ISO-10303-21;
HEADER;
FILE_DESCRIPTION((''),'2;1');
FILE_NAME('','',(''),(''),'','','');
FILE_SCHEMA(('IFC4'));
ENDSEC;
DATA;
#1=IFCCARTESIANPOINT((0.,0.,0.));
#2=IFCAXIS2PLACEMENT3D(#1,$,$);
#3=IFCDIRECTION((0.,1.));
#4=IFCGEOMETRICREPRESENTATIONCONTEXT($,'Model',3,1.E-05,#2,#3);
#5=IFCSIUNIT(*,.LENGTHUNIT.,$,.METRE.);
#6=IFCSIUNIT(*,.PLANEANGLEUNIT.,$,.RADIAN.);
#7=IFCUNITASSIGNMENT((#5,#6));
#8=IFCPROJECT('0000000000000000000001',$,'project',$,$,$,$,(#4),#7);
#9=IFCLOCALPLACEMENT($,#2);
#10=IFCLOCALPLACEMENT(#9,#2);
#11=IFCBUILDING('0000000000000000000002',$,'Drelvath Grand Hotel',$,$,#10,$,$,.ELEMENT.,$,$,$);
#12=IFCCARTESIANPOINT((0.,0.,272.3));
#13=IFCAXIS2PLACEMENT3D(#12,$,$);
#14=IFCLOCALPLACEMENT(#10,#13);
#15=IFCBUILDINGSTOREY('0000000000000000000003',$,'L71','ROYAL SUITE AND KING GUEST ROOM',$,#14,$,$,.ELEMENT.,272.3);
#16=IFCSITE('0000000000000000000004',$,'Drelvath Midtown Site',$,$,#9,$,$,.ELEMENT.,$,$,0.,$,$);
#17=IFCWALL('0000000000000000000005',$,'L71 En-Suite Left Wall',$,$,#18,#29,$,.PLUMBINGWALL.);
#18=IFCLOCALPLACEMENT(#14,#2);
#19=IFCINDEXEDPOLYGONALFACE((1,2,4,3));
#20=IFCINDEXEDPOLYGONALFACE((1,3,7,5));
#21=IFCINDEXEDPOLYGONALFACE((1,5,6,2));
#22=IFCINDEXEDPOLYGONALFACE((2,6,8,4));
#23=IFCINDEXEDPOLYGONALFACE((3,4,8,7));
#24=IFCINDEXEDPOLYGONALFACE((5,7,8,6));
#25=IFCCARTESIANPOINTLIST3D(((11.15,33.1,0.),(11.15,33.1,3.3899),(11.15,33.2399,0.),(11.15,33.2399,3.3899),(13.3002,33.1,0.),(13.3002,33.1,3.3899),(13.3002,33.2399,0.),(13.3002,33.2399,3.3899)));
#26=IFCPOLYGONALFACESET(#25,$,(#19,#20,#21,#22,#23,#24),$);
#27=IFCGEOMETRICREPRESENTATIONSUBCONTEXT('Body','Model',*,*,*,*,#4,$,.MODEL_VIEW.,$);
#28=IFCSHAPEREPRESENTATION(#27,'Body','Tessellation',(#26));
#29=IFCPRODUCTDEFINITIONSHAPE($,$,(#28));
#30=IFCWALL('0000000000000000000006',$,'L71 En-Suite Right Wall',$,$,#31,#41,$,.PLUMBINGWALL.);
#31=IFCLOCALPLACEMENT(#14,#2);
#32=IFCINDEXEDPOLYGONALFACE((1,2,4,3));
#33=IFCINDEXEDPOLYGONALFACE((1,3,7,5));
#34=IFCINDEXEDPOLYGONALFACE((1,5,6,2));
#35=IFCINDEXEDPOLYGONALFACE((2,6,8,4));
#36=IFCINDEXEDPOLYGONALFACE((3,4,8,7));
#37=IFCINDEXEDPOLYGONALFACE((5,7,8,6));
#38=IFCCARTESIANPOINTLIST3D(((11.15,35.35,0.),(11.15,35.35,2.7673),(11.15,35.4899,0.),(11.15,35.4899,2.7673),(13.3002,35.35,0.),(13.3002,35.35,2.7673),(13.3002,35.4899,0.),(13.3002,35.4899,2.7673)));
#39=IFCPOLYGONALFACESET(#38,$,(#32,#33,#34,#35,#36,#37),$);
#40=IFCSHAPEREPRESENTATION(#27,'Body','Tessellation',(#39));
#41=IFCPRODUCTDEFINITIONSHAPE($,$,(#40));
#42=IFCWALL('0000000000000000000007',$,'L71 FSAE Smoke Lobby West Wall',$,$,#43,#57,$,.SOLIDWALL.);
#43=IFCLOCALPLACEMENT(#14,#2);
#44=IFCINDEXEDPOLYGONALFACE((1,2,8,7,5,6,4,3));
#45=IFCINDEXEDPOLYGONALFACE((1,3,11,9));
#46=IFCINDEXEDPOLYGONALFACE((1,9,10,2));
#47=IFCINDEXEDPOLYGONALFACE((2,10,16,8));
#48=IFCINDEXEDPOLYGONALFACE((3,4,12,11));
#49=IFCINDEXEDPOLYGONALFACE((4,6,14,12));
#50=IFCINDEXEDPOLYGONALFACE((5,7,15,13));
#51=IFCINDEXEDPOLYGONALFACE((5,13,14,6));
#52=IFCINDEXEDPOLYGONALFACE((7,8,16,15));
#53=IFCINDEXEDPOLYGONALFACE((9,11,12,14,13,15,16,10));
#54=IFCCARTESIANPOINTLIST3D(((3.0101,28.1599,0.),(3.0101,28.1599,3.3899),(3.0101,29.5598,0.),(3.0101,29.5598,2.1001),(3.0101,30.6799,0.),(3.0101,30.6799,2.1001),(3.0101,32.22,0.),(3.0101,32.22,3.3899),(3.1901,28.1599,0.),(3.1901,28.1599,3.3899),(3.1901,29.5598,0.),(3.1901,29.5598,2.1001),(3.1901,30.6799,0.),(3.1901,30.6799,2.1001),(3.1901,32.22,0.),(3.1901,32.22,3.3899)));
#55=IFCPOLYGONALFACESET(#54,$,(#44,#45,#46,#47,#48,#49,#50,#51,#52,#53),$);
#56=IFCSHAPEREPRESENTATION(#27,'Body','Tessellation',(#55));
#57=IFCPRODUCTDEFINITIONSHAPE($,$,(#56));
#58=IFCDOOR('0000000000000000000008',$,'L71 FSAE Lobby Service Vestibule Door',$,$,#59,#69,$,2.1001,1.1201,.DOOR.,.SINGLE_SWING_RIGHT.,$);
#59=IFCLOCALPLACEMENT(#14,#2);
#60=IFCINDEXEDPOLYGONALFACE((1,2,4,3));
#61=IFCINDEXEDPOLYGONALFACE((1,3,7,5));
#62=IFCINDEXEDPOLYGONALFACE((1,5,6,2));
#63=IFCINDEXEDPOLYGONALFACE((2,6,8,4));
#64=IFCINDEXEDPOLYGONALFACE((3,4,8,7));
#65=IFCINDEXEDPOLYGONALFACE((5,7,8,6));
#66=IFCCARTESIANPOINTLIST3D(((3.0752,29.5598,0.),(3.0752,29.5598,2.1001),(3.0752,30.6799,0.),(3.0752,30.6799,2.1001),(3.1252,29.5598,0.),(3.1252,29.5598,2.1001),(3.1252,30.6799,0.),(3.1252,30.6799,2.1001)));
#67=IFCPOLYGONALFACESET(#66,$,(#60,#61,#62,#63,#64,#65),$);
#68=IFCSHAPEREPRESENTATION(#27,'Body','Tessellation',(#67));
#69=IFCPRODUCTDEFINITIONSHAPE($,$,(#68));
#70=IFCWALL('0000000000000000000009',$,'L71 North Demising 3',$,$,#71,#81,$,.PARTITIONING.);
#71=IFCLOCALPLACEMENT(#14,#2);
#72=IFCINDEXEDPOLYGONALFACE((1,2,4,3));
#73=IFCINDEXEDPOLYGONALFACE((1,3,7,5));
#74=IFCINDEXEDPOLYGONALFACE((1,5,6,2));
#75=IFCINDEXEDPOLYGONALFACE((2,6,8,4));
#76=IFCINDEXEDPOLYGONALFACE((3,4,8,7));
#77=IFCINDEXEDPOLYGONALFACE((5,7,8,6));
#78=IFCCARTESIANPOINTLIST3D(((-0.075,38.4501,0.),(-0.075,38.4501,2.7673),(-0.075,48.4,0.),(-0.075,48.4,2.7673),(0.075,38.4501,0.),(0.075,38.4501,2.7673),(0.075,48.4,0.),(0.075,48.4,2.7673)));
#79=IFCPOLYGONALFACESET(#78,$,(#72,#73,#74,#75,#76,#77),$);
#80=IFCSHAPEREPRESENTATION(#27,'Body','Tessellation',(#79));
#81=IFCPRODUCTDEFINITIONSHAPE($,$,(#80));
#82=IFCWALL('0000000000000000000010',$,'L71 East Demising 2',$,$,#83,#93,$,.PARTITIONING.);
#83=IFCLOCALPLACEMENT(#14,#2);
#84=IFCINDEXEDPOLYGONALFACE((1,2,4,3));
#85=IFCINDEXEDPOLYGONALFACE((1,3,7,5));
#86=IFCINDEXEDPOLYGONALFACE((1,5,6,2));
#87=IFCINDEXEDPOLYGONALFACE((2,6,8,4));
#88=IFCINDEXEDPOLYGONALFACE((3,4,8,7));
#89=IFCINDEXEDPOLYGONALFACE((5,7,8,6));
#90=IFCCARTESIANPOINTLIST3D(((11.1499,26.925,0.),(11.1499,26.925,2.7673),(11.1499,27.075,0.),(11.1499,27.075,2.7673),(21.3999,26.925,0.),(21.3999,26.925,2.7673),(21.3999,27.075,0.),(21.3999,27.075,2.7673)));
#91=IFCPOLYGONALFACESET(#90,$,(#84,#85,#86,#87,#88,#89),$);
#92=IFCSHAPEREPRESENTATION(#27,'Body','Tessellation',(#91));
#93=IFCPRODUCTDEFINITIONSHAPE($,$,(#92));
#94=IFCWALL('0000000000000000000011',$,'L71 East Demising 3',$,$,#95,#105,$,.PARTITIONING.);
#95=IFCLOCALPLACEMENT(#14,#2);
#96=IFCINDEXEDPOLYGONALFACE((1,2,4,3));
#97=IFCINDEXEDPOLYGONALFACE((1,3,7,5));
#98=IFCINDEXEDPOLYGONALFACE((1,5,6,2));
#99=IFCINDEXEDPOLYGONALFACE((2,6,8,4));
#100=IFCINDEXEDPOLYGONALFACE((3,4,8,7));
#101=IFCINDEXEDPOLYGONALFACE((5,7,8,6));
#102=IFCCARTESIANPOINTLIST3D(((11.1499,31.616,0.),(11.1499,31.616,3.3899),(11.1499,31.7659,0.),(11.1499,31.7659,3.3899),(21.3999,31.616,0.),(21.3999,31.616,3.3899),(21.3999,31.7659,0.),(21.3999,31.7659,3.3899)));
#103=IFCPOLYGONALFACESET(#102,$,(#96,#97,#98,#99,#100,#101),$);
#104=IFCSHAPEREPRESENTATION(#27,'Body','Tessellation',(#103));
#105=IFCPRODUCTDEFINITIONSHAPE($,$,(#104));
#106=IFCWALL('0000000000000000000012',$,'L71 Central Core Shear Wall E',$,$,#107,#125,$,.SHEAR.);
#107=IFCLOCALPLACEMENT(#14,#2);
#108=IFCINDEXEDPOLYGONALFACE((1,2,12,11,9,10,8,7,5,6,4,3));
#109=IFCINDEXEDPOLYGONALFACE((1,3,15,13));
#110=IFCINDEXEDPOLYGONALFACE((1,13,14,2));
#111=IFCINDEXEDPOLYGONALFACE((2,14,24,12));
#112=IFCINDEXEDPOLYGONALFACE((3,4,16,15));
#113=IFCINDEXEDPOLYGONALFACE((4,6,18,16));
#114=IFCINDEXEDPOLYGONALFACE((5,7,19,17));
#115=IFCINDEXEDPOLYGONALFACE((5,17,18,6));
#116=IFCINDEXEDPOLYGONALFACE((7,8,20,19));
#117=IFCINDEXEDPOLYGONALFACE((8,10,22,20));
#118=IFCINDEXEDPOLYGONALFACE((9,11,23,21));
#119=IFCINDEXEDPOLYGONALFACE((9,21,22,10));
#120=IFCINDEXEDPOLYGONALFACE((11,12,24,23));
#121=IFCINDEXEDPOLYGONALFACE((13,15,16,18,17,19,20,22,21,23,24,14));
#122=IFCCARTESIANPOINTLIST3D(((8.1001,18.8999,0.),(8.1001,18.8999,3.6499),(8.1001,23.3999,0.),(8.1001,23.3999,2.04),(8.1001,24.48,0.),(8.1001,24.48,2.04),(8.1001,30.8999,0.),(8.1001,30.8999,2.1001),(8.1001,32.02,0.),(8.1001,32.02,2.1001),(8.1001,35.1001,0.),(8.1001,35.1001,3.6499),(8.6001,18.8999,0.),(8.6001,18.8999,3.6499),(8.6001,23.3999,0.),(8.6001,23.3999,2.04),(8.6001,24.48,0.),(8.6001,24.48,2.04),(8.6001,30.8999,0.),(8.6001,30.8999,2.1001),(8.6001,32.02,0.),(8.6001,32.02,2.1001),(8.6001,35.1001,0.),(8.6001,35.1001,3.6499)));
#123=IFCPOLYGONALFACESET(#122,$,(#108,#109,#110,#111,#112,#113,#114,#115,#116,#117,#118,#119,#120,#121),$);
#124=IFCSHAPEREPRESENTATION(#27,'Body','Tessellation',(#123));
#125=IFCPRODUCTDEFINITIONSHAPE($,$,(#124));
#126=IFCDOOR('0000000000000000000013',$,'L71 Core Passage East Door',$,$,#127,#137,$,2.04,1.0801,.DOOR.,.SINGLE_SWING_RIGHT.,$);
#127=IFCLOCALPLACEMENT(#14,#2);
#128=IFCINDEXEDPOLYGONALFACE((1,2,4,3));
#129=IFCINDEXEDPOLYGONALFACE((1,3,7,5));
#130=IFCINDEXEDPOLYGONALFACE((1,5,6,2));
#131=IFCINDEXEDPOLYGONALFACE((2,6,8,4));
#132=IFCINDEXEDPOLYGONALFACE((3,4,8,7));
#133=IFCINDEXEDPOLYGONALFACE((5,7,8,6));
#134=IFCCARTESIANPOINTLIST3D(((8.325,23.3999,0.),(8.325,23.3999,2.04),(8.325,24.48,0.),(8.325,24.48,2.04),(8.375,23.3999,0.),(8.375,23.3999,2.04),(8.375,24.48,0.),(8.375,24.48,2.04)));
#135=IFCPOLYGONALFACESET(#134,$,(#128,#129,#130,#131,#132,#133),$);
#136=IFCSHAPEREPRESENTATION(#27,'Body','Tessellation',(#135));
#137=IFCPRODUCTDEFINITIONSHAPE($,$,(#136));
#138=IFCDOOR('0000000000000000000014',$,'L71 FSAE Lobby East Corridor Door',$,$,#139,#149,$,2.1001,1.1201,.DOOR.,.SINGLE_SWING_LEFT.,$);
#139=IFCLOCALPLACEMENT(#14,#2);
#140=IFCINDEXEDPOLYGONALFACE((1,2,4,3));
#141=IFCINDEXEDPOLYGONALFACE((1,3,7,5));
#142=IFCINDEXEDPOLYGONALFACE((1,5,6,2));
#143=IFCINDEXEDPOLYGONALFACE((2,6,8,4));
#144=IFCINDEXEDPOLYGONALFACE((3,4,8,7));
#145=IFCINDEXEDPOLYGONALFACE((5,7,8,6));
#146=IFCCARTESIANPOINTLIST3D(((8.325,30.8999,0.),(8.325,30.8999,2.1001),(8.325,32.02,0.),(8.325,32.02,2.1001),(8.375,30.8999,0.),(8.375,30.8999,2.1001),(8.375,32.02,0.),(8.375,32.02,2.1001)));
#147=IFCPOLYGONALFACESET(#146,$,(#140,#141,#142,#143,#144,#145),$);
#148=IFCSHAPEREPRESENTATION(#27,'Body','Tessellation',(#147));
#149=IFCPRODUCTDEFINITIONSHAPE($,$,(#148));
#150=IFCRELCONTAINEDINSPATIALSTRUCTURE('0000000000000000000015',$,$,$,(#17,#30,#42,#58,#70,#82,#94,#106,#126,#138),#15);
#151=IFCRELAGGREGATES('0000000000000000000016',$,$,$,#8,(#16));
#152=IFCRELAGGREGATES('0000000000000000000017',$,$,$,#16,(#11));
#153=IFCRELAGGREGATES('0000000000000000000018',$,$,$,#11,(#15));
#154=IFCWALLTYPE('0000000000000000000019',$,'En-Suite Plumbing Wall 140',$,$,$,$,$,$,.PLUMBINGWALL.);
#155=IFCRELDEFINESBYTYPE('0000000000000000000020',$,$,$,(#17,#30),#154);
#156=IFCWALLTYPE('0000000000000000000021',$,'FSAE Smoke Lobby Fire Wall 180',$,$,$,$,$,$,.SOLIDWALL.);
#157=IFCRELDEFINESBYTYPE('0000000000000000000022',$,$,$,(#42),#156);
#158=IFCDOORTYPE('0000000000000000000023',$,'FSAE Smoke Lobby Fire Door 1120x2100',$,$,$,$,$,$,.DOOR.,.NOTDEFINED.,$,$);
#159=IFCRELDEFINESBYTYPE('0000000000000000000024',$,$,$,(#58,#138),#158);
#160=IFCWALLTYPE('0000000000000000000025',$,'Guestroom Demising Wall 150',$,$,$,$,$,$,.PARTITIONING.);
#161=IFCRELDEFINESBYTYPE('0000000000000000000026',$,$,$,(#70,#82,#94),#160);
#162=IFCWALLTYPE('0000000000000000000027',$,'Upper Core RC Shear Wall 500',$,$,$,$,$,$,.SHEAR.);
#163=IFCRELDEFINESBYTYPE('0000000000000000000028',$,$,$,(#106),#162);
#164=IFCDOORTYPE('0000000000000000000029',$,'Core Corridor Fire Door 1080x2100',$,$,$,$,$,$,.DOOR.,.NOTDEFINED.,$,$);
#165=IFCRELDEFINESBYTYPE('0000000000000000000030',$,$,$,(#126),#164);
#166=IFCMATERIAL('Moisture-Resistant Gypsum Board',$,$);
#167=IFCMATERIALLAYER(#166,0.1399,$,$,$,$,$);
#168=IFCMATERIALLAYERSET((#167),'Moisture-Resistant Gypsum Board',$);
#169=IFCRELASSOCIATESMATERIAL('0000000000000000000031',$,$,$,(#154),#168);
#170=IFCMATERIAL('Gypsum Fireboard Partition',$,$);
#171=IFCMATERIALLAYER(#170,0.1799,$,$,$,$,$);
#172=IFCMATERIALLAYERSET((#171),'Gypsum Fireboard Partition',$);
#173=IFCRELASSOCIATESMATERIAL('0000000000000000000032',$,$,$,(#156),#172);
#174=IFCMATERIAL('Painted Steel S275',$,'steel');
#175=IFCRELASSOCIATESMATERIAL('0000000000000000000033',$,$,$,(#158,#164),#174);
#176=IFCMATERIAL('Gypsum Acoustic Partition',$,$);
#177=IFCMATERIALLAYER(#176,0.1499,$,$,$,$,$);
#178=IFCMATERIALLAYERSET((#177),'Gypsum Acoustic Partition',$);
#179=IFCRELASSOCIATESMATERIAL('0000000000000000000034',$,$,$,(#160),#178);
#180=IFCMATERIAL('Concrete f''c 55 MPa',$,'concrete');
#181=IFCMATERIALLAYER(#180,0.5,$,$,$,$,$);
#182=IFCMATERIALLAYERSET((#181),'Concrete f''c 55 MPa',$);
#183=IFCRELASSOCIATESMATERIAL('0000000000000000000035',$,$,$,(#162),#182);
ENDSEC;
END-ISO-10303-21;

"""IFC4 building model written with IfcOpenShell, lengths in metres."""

from ifc_helpers import new_model, si_unit, direction, frame, frame_2d, origin, place, context, subcontext, project, spatial, rectangle, extrude, material, layer, layer_set, type_object, element, fill, save


model = new_model("IFC4")

# Units and contexts
model_context = context("Model", 3, precision=1e-05, world=origin(), true_north=direction((0.0, 1.0)))
body_context = subcontext(model_context, "Body", "Model", "MODEL_VIEW")
ifc_project = project(units=[si_unit("LENGTHUNIT", "METRE"), si_unit("PLANEANGLEUNIT", "RADIAN")], contexts=[model_context])

# Site, building, storey
site_placement = place(None, origin())
site = spatial("IfcSite", under=ifc_project, at=site_placement, Name="Drelvath Midtown Site", CompositionType="ELEMENT", RefElevation=0.0)
building_placement = place(site_placement, origin())
building = spatial("IfcBuilding", under=site, at=building_placement, Name="Drelvath Grand Hotel", CompositionType="ELEMENT")
storey_placement = place(building_placement, frame((0.0, 0.0, 272.3)))
storey = spatial("IfcBuildingStorey", under=building, at=storey_placement, Name="L71", Description="ROYAL SUITE AND KING GUEST ROOM", CompositionType="ELEMENT", Elevation=272.3)

# Shared definitions
ifc_material_1 = material(Name="Concrete f'c 55 MPa", Category="concrete")

# Shared definitions
ifc_material_2 = material(Name="Painted Steel S275", Category="steel")

# Walls
ifc_material_3 = material(Name="Gypsum Fireboard Partition")
ifc_material_4 = material(Name="Moisture-Resistant Gypsum Board")
ifc_layer_1 = layer(ifc_material_4, 0.1399)
ifc_layer_set_1 = layer_set([ifc_layer_1], Name="Moisture-Resistant Gypsum Board")
wall_type_1 = type_object("IfcWallType", Name="En-Suite Plumbing Wall 140", PredefinedType="PLUMBINGWALL", material=ifc_layer_set_1)
for number, where, z_axis, x_axis, name in (
    (1, (11.1499, 33.1699, 0.0), (0.0, 0.0, 1.0), (1.0, 0.0, 0.0), "L71 En-Suite Left Wall"),
):
    element("IfcWall", number, at=place(storey_placement, frame(where, z_axis=z_axis, x_axis=x_axis)), inside=storey, type_object=wall_type_1, Name=name, PredefinedType="PLUMBINGWALL", context=body_context, shape_type="SweptSolid", body=[
        extrude(rectangle(XDim=2.1501, YDim=0.1399, at=frame_2d((1.0752, 0.0))), origin(), (0.0, 0.0, 1.0), 3.3899),
    ])
wall_1_placement = place(storey_placement, frame((11.1499, 35.4199, 0.0), z_axis=(0.0, 0.0, 1.0), x_axis=(1.0, 0.0, 0.0)))
element("IfcWall", 2, at=wall_1_placement, inside=storey, type_object=wall_type_1, Name="L71 En-Suite Right Wall", PredefinedType="PLUMBINGWALL", context=body_context, shape_type="SweptSolid", body=[
    extrude(rectangle(XDim=2.1501, YDim=0.1399, at=frame_2d((1.0752, 0.0))), origin(), (0.0, 0.0, 1.0), 2.7673),
])

# Wall, opening, door
ifc_layer_2 = layer(ifc_material_3, 0.1799)
ifc_layer_set_2 = layer_set([ifc_layer_2], Name="Gypsum Fireboard Partition")
wall_type_2 = type_object("IfcWallType", Name="FSAE Smoke Lobby Fire Wall 180", PredefinedType="SOLIDWALL", material=ifc_layer_set_2)
wall_2_placement = place(storey_placement, frame((3.1001, 28.1599, 0.0), z_axis=(0.0, 0.0, 1.0), x_axis=(0.0, 1.0, 0.0)))
wall_2 = element("IfcWall", 3, at=wall_2_placement, inside=storey, type_object=wall_type_2, Name="L71 FSAE Smoke Lobby West Wall", PredefinedType="SOLIDWALL", context=body_context, shape_type="SweptSolid", body=[
    extrude(rectangle(XDim=4.0601, YDim=0.1799, at=frame_2d((2.03, 0.0))), origin(), (0.0, 0.0, 1.0), 3.3899),
])
opening_1_placement = place(wall_2_placement, frame((1.3999, 0.0, 0.0)))
opening_1 = element("IfcOpeningElement", 4, at=opening_1_placement, cuts=wall_2, PredefinedType="OPENING", context=body_context, shape_type="SweptSolid", body=[
    extrude(rectangle(XDim=1.1201, YDim=2.1001, at=frame_2d((0.5601, 1.05))), frame((0.0, 0.0999, 0.0), z_axis=(0.0, -1.0, 0.0), x_axis=(1.0, 0.0, 0.0)), (0.0, 0.0, 1.0), 0.2),
])
door_type_1 = type_object("IfcDoorType", Name="FSAE Smoke Lobby Fire Door 1120x2100", OperationType="NOTDEFINED", PredefinedType="DOOR", material=ifc_material_2)
door_1_placement = place(opening_1_placement, origin())
door_1 = element("IfcDoor", 5, at=door_1_placement, inside=storey, type_object=door_type_1, Name="L71 FSAE Lobby Service Vestibule Door", OperationType="SINGLE_SWING_RIGHT", OverallHeight=2.1001, OverallWidth=1.1201, PredefinedType="DOOR", context=body_context, shape_type="SweptSolid", body=[
    extrude(rectangle(XDim=1.1201, YDim=2.1001, at=frame_2d((0.5601, 1.05))), frame((0.0, 0.0249, 0.0), z_axis=(0.0, -1.0, 0.0), x_axis=(1.0, 0.0, 0.0)), (0.0, 0.0, 1.0), 0.05),
])
fill(opening_1, door_1)

# Walls
ifc_material_5 = material(Name="Gypsum Acoustic Partition")
ifc_layer_3 = layer(ifc_material_5, 0.1499)
ifc_layer_set_3 = layer_set([ifc_layer_3], Name="Gypsum Acoustic Partition")
wall_type_3 = type_object("IfcWallType", Name="Guestroom Demising Wall 150", PredefinedType="PARTITIONING", material=ifc_layer_set_3)
wall_3_placement = place(storey_placement, frame((0.0, 38.45, 0.0), z_axis=(0.0, 0.0, 1.0), x_axis=(0.0, 1.0, 0.0)))
element("IfcWall", 6, at=wall_3_placement, inside=storey, type_object=wall_type_3, Name="L71 North Demising 3", PredefinedType="PARTITIONING", context=body_context, shape_type="SweptSolid", body=[
    extrude(rectangle(XDim=9.95, YDim=0.1499, at=frame_2d((4.9751, 0.0))), origin(), (0.0, 0.0, 1.0), 2.7673),
])
wall_4_placement = place(storey_placement, frame((11.1499, 27.0, 0.0), z_axis=(0.0, 0.0, 1.0), x_axis=(1.0, 0.0, 0.0)))
element("IfcWall", 7, at=wall_4_placement, inside=storey, type_object=wall_type_3, Name="L71 East Demising 2", PredefinedType="PARTITIONING", context=body_context, shape_type="SweptSolid", body=[
    extrude(rectangle(XDim=10.25, YDim=0.1499, at=frame_2d((5.125, 0.0))), origin(), (0.0, 0.0, 1.0), 2.7673),
])
wall_5_placement = place(storey_placement, frame((11.1499, 31.6909, 0.0), z_axis=(0.0, 0.0, 1.0), x_axis=(1.0, 0.0, 0.0)))
element("IfcWall", 8, at=wall_5_placement, inside=storey, type_object=wall_type_3, Name="L71 East Demising 3", PredefinedType="PARTITIONING", context=body_context, shape_type="SweptSolid", body=[
    extrude(rectangle(XDim=10.25, YDim=0.1499, at=frame_2d((5.125, 0.0))), origin(), (0.0, 0.0, 1.0), 3.3899),
])

# Wall, openings, doors
ifc_layer_4 = layer(ifc_material_1, 0.5)
ifc_layer_set_4 = layer_set([ifc_layer_4], Name="Concrete f'c 55 MPa")
wall_type_4 = type_object("IfcWallType", Name="Upper Core RC Shear Wall 500", PredefinedType="SHEAR", material=ifc_layer_set_4)
wall_6_placement = place(storey_placement, frame((8.3501, 35.1001, 0.0), z_axis=(0.0, 0.0, 1.0), x_axis=(0.0, -1.0, 0.0)))
wall_6 = element("IfcWall", 9, at=wall_6_placement, inside=storey, type_object=wall_type_4, Name="L71 Central Core Shear Wall E", PredefinedType="SHEAR", context=body_context, shape_type="SweptSolid", body=[
    extrude(rectangle(XDim=16.2002, YDim=0.5, at=frame_2d((8.1001, 0.0))), origin(), (0.0, 0.0, 1.0), 3.6499),
])
opening_2_placement = place(wall_6_placement, frame((3.0801, 0.0, 0.0)))
opening_2 = element("IfcOpeningElement", 10, at=opening_2_placement, cuts=wall_6, PredefinedType="OPENING", context=body_context, shape_type="SweptSolid", body=[
    extrude(rectangle(XDim=1.1201, YDim=2.1001, at=frame_2d((0.5601, 1.05))), frame((0.0, 0.26, 0.0), z_axis=(0.0, -1.0, 0.0), x_axis=(1.0, 0.0, 0.0)), (0.0, 0.0, 1.0), 0.52),
])
opening_3_placement = place(wall_6_placement, frame((10.6201, 0.0, 0.0)))
opening_3 = element("IfcOpeningElement", 11, at=opening_3_placement, cuts=wall_6, PredefinedType="OPENING", context=body_context, shape_type="SweptSolid", body=[
    extrude(rectangle(XDim=1.0801, YDim=2.04, at=frame_2d((0.54, 1.02))), frame((0.0, 0.26, 0.0), z_axis=(0.0, -1.0, 0.0), x_axis=(1.0, 0.0, 0.0)), (0.0, 0.0, 1.0), 0.52),
])
door_type_2 = type_object("IfcDoorType", Name="Core Corridor Fire Door 1080x2100", OperationType="NOTDEFINED", PredefinedType="DOOR", material=ifc_material_2)
door_2_placement = place(opening_3_placement, origin())
door_2 = element("IfcDoor", 12, at=door_2_placement, inside=storey, type_object=door_type_2, Name="L71 Core Passage East Door", OperationType="SINGLE_SWING_RIGHT", OverallHeight=2.04, OverallWidth=1.0801, PredefinedType="DOOR", context=body_context, shape_type="SweptSolid", body=[
    extrude(rectangle(XDim=1.0801, YDim=2.04, at=frame_2d((0.54, 1.02))), frame((0.0, 0.0249, 0.0), z_axis=(0.0, -1.0, 0.0), x_axis=(1.0, 0.0, 0.0)), (0.0, 0.0, 1.0), 0.05),
])
fill(opening_3, door_2)
door_3_placement = place(opening_2_placement, origin())
door_3 = element("IfcDoor", 13, at=door_3_placement, inside=storey, type_object=door_type_1, Name="L71 FSAE Lobby East Corridor Door", OperationType="SINGLE_SWING_LEFT", OverallHeight=2.1001, OverallWidth=1.1201, PredefinedType="DOOR", context=body_context, shape_type="SweptSolid", body=[
    extrude(rectangle(XDim=1.1201, YDim=2.1001, at=frame_2d((0.5601, 1.05))), frame((0.0, 0.0249, 0.0), z_axis=(0.0, -1.0, 0.0), x_axis=(1.0, 0.0, 0.0)), (0.0, 0.0, 1.0), 0.05),
])
fill(opening_2, door_3)

save(model, "model.ifc")
